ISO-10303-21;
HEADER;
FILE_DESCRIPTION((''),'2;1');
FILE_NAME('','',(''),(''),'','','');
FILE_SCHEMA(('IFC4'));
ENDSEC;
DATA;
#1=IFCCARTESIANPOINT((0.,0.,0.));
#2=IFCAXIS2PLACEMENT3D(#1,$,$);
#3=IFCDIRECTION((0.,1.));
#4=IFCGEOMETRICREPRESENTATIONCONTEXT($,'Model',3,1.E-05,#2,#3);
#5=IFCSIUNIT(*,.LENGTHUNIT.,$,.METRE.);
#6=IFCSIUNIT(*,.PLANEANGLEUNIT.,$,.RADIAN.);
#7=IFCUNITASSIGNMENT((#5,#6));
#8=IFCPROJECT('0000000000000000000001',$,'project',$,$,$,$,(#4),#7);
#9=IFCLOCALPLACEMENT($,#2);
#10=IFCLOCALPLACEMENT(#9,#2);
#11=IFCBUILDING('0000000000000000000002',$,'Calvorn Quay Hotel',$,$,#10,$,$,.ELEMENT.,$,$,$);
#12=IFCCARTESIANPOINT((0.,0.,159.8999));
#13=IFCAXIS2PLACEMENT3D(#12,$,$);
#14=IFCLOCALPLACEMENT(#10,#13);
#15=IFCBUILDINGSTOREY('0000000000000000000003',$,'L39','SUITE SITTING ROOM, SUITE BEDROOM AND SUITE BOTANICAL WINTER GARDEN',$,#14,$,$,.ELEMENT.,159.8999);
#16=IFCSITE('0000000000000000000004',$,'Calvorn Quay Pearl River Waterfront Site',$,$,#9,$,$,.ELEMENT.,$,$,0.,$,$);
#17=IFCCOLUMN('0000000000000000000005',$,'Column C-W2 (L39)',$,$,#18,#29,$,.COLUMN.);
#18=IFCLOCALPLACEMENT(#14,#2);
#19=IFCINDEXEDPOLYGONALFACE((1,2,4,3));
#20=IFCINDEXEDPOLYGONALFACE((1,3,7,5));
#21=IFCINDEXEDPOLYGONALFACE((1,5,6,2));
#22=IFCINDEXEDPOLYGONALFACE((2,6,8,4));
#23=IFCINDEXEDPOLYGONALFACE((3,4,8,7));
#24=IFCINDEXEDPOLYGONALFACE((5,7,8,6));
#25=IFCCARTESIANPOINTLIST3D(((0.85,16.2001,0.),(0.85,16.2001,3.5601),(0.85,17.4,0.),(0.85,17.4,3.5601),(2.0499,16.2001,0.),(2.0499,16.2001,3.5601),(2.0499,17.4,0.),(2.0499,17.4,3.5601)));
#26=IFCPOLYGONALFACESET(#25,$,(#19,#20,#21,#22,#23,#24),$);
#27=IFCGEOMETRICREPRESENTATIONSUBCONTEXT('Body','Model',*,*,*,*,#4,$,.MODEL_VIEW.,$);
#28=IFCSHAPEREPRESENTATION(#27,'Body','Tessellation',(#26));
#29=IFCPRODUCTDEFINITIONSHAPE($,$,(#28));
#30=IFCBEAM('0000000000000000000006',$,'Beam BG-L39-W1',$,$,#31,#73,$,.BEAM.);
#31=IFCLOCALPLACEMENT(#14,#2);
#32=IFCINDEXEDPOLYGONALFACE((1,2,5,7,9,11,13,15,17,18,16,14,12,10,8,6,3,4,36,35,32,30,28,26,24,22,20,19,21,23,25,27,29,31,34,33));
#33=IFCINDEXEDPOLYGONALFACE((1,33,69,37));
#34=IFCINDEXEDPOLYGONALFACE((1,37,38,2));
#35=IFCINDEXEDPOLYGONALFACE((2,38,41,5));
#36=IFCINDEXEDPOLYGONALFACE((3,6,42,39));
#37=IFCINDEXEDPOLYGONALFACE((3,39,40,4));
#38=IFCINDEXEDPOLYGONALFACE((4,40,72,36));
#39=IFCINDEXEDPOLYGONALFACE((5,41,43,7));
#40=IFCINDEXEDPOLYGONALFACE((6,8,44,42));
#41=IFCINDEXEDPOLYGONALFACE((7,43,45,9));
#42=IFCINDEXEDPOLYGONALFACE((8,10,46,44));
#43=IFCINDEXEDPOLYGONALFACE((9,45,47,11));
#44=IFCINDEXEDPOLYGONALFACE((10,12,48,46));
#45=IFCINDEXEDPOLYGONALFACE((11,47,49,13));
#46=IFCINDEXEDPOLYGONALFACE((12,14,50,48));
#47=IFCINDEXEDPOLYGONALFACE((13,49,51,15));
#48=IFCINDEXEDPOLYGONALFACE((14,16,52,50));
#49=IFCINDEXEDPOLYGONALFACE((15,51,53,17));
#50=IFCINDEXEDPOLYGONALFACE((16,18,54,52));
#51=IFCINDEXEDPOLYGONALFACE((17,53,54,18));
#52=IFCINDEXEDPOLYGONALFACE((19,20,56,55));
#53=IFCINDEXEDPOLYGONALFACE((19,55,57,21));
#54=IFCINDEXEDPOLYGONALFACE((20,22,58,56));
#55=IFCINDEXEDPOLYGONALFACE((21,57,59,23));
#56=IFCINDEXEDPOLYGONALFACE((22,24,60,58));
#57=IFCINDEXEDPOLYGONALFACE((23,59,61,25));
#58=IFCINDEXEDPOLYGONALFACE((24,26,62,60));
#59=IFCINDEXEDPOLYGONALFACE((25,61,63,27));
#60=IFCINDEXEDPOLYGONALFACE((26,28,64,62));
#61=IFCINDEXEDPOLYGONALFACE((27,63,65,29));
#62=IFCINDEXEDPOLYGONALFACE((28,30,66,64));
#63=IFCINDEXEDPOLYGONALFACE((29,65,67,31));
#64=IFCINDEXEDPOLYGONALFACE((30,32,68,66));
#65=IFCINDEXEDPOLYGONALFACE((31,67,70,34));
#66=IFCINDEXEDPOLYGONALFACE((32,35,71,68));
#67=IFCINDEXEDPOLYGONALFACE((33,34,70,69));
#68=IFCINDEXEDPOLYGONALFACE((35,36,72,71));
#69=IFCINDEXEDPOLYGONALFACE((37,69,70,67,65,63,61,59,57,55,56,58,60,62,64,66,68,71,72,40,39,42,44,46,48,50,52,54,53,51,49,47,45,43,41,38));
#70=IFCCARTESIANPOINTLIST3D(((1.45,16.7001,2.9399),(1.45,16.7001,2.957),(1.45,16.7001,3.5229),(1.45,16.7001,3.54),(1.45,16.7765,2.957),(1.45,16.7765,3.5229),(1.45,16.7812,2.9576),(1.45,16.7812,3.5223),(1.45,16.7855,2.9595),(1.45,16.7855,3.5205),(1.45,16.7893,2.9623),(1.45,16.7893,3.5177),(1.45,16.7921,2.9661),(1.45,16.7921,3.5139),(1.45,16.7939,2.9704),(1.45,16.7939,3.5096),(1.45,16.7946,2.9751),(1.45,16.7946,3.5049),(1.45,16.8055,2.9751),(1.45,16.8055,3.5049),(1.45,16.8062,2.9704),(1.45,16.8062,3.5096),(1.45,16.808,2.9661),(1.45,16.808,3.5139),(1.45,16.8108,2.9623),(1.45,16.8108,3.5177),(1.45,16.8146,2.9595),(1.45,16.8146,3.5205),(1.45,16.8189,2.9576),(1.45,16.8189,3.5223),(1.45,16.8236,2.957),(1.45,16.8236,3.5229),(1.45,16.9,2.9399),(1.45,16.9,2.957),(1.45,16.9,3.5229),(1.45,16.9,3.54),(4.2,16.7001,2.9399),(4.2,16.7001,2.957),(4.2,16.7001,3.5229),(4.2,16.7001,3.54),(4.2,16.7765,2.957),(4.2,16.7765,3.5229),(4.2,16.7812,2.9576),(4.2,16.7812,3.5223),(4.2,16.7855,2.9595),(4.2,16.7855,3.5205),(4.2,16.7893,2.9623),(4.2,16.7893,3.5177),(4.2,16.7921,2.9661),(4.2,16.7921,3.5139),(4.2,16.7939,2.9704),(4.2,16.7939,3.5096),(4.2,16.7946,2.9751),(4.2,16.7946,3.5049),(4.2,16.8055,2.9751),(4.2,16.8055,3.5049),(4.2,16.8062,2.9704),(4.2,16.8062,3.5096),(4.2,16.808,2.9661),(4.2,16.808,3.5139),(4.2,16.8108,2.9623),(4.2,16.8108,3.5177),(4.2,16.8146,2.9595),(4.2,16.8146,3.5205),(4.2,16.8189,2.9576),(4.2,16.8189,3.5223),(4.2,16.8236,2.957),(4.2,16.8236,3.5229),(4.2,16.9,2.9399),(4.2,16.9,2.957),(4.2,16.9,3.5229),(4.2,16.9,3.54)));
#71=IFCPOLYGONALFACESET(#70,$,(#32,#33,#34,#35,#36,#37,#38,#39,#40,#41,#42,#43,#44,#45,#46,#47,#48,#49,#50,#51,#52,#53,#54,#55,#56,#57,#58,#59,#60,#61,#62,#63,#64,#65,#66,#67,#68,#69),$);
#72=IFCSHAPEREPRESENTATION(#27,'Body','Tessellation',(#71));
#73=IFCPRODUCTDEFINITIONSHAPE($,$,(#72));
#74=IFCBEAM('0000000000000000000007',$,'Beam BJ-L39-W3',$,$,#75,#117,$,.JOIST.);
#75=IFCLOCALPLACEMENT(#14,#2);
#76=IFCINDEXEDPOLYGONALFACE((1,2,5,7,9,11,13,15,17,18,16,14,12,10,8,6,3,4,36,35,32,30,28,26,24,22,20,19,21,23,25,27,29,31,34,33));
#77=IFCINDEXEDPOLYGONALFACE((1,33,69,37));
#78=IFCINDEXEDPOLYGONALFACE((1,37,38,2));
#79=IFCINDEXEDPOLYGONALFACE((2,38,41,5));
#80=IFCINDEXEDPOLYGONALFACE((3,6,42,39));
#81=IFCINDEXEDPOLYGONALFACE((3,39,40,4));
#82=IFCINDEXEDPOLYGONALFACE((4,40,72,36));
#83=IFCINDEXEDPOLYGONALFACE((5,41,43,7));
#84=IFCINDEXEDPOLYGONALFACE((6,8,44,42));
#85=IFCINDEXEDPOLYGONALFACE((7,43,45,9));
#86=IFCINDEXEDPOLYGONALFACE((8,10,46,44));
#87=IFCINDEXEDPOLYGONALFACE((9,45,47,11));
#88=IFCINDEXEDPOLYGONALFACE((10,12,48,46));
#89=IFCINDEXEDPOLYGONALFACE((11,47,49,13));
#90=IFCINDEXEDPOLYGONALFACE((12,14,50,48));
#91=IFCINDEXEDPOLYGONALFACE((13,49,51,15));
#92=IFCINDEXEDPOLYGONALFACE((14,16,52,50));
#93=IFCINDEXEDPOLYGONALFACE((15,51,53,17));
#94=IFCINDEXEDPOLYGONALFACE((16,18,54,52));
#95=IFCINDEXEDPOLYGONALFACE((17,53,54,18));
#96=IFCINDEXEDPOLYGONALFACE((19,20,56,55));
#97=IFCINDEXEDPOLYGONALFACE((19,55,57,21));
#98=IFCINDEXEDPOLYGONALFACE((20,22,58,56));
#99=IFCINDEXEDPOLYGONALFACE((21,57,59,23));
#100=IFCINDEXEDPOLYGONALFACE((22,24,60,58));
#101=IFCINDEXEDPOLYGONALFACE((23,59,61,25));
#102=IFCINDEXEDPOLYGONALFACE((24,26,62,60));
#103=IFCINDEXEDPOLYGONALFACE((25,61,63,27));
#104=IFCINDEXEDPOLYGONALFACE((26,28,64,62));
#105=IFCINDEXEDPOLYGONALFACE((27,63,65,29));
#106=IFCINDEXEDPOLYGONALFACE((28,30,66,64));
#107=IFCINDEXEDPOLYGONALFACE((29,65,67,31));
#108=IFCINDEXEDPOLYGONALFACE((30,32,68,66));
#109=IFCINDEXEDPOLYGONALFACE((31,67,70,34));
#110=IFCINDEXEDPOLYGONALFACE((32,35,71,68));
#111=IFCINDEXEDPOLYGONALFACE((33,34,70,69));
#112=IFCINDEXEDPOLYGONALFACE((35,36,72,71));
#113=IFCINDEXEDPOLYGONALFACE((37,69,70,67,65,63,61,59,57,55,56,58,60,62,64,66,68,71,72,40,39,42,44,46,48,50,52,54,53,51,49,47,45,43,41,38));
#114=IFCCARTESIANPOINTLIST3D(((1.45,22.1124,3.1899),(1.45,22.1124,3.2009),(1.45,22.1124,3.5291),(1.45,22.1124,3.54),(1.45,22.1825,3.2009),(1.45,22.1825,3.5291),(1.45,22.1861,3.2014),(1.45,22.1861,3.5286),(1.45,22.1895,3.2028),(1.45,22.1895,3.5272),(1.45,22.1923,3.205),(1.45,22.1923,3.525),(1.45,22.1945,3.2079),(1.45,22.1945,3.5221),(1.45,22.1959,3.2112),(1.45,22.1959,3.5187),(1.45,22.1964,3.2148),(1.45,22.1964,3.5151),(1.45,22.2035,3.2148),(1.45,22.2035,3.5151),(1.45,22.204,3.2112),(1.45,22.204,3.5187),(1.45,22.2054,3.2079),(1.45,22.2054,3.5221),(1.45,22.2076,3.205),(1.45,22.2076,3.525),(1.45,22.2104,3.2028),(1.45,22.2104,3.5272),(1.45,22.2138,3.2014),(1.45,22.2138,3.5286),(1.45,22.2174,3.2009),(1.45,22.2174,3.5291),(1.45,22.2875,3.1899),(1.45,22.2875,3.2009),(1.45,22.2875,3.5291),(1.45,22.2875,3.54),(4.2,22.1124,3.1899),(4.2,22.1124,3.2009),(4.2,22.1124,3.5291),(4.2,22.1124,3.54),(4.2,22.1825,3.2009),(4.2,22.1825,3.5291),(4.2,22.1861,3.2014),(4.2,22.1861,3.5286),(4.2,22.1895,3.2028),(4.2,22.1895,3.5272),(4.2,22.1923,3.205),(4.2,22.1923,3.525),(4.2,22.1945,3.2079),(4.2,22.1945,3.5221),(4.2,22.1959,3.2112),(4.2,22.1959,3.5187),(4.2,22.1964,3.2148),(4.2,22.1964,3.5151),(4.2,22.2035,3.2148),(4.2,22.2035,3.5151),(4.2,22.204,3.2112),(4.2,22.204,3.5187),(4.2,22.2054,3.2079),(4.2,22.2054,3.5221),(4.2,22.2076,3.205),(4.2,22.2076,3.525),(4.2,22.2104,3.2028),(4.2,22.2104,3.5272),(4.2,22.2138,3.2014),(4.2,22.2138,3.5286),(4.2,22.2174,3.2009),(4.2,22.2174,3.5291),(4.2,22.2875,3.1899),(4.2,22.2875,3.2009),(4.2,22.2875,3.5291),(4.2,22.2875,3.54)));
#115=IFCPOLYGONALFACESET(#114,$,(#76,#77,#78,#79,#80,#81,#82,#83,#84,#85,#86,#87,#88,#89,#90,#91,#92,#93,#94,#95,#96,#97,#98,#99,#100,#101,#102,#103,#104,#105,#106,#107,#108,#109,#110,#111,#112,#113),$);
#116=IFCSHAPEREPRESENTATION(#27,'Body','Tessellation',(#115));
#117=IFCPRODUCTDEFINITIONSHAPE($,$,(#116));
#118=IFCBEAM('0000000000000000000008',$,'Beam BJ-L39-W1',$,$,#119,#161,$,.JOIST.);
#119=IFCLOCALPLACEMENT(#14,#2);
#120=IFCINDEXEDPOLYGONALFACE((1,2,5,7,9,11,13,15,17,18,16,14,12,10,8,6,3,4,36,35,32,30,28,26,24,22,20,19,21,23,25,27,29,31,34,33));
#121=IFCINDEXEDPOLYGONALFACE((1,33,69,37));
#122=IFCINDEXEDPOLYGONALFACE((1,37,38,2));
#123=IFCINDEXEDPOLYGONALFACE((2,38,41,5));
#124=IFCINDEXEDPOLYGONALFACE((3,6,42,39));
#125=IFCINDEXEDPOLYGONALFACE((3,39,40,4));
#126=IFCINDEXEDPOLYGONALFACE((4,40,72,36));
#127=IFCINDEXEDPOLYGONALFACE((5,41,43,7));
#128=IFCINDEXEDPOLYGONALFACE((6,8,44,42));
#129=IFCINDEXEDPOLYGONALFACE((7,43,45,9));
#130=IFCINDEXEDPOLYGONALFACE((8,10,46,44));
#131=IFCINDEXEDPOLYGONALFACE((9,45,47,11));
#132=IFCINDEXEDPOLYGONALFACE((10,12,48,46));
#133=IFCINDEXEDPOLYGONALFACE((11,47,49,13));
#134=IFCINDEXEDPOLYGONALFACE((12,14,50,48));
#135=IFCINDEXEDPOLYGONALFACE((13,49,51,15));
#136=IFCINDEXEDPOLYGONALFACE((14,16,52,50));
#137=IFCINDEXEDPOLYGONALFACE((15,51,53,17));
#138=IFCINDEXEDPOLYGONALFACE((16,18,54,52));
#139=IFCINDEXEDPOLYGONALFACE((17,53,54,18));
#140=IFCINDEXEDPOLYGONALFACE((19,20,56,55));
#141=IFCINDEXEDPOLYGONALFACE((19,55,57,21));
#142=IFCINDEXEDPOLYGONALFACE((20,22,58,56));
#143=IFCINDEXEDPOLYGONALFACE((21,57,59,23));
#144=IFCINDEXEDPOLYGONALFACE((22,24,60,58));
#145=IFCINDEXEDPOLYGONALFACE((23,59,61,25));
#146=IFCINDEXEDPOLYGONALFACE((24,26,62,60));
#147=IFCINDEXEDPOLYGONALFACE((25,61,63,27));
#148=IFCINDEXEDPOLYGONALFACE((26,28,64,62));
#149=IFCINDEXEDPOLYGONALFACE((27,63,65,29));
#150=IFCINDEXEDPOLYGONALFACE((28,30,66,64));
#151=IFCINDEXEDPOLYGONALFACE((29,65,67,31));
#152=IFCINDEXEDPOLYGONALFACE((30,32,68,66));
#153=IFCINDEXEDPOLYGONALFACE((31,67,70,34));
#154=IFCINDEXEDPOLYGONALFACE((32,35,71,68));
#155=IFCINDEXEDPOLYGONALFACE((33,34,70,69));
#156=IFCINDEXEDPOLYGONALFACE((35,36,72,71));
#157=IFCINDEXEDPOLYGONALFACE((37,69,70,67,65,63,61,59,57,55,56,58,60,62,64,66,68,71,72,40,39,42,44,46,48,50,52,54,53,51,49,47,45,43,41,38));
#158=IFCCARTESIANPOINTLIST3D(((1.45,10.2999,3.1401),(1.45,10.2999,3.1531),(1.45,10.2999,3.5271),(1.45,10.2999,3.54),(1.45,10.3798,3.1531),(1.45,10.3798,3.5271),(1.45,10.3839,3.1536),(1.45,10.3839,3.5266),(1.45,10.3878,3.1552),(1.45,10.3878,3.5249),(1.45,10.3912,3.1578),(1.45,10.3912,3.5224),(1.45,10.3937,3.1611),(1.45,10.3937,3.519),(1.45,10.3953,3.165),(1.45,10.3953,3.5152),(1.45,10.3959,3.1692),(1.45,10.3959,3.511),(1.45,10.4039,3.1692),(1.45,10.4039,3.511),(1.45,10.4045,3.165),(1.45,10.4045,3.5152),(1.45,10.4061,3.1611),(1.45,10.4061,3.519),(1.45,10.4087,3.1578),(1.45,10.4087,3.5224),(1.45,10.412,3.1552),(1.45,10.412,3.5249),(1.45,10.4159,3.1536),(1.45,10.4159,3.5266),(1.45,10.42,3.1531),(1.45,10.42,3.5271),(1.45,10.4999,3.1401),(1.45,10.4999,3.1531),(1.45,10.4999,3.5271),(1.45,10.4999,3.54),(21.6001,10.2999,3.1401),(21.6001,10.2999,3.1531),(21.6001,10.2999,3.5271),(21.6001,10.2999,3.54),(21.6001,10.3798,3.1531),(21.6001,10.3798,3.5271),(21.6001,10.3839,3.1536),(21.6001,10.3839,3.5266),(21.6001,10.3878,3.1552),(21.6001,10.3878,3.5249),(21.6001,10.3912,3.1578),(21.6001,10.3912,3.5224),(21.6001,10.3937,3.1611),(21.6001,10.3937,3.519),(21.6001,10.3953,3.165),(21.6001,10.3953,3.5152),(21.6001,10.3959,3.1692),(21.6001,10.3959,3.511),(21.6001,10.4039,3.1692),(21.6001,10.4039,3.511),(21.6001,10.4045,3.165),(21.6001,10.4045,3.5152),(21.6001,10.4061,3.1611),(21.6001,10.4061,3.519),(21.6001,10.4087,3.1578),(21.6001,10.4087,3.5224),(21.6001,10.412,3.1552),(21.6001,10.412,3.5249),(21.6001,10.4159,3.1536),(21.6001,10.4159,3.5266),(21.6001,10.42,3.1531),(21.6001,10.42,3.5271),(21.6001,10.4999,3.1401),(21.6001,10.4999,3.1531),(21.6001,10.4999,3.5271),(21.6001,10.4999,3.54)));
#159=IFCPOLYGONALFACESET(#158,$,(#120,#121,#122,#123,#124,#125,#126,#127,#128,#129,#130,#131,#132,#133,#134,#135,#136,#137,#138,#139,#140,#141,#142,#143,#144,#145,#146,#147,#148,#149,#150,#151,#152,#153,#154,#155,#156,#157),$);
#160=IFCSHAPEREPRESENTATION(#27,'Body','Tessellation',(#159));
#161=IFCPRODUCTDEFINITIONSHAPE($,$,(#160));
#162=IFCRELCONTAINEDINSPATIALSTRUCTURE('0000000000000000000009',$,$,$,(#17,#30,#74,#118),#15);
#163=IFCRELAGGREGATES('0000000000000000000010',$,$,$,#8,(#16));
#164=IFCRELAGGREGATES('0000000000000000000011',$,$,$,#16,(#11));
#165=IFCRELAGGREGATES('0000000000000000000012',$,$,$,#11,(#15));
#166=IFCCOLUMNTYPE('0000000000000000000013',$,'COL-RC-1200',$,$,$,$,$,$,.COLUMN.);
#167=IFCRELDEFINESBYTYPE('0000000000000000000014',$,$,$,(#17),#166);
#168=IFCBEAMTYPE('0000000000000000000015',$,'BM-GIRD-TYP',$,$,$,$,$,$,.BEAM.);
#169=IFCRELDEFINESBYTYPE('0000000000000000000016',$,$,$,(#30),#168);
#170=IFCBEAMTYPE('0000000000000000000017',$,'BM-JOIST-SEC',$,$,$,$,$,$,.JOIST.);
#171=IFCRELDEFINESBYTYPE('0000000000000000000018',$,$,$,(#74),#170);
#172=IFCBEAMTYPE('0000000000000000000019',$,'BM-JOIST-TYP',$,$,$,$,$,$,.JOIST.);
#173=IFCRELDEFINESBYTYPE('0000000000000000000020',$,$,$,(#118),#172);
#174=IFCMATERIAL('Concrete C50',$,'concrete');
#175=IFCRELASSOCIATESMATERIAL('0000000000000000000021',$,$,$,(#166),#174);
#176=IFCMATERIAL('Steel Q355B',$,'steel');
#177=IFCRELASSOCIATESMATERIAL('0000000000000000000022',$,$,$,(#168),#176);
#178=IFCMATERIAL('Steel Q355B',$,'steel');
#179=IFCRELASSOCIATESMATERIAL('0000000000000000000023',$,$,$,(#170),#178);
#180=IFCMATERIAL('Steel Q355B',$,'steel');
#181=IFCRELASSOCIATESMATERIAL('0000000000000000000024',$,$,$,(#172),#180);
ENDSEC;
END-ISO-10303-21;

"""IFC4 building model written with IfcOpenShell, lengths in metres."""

from ifc_helpers import new_model, si_unit, direction, frame, origin, origin_2d, place, context, subcontext, project, spatial, rectangle, i_section, extrude, material, material_profile, profile_set, type_object, element, save


model = new_model("IFC4")

# Units and contexts
model_context = context("Model", 3, precision=1e-05, world=origin(), true_north=direction((0.0, 1.0)))
body_context = subcontext(model_context, "Body", "Model", "MODEL_VIEW")
ifc_project = project(units=[si_unit("LENGTHUNIT", "METRE"), si_unit("PLANEANGLEUNIT", "RADIAN")], contexts=[model_context])

# Site, building, storey
site_placement = place(None, origin())
site = spatial("IfcSite", under=ifc_project, at=site_placement, Name="Calvorn Quay Pearl River Waterfront Site", CompositionType="ELEMENT", RefElevation=0.0)
building_placement = place(site_placement, origin())
building = spatial("IfcBuilding", under=site, at=building_placement, Name="Calvorn Quay Hotel", CompositionType="ELEMENT")
storey_placement = place(building_placement, frame((0.0, 0.0, 159.8999)))
storey = spatial("IfcBuildingStorey", under=building, at=storey_placement, Name="L39", Description="SUITE SITTING ROOM, SUITE BEDROOM AND SUITE BOTANICAL WINTER GARDEN", CompositionType="ELEMENT", Elevation=159.8999)

# Column
ifc_material_1 = material(Name="Concrete C50", Category="concrete")
ifc_material_profile_1 = material_profile(ifc_material_1, rectangle(XDim=1.2, YDim=1.2, at=origin_2d()), Name="RC1200x1200")
ifc_profile_set_1 = profile_set([ifc_material_profile_1], Name="Concrete C50")
column_type = type_object("IfcColumnType", Name="COL-RC-1200", PredefinedType="COLUMN", material=ifc_profile_set_1)
column_placement = place(storey_placement, frame((1.45, 16.8, 0.0), z_axis=(0.0, 0.0, 1.0), x_axis=(1.0, 0.0, 0.0)))
element("IfcColumn", 1, at=column_placement, inside=storey, type_object=column_type, Name="Column C-W2 (L39)", PredefinedType="COLUMN", context=body_context, shape_type="SweptSolid", body=[
    extrude(rectangle(XDim=1.2, YDim=1.2, at=origin_2d()), origin(), (0.0, 0.0, 1.0), 3.5601),
])

# Beams
ifc_material_2 = material(Name="Steel Q355B", Category="steel")
ifc_material_profile_2 = material_profile(ifc_material_2, i_section(OverallWidth=0.2, OverallDepth=0.6001, WebThickness=0.011, FlangeThickness=0.0171, FilletRadius=0.0181, at=origin_2d()), Name="HN600x200x11x17")
ifc_profile_set_2 = profile_set([ifc_material_profile_2], Name="Steel Q355B")
beam_type_1 = type_object("IfcBeamType", Name="BM-GIRD-TYP", PredefinedType="BEAM", material=ifc_profile_set_2)
beam_1_placement = place(storey_placement, frame((1.45, 16.8, 3.24), z_axis=(1.0, 0.0, 0.0), x_axis=(0.0, 1.0, 0.0)))
element("IfcBeam", 2, at=beam_1_placement, inside=storey, type_object=beam_type_1, Name="Beam BG-L39-W1", PredefinedType="BEAM", context=body_context, shape_type="SweptSolid", body=[
    extrude(i_section(OverallWidth=0.2, OverallDepth=0.6001, WebThickness=0.011, FlangeThickness=0.0171, FilletRadius=0.0181, at=origin_2d()), origin(), (0.0, 0.0, 1.0), 2.75),
])
ifc_material_3 = material(Name="Steel Q355B", Category="steel")
ifc_material_profile_3 = material_profile(ifc_material_3, i_section(OverallWidth=0.175, OverallDepth=0.3501, WebThickness=0.0071, FlangeThickness=0.011, FilletRadius=0.0139, at=origin_2d()), Name="HN350x175x7x11")
ifc_profile_set_3 = profile_set([ifc_material_profile_3], Name="Steel Q355B")
beam_type_2 = type_object("IfcBeamType", Name="BM-JOIST-SEC", PredefinedType="JOIST", material=ifc_profile_set_3)
beam_2_placement = place(storey_placement, frame((1.45, 22.2, 3.365), z_axis=(1.0, 0.0, 0.0), x_axis=(0.0, 1.0, 0.0)))
element("IfcBeam", 3, at=beam_2_placement, inside=storey, type_object=beam_type_2, Name="Beam BJ-L39-W3", PredefinedType="JOIST", context=body_context, shape_type="SweptSolid", body=[
    extrude(i_section(OverallWidth=0.175, OverallDepth=0.3501, WebThickness=0.0071, FlangeThickness=0.011, FilletRadius=0.0139, at=origin_2d()), origin(), (0.0, 0.0, 1.0), 2.75),
])
ifc_material_4 = material(Name="Steel Q355B", Category="steel")
ifc_material_profile_4 = material_profile(ifc_material_4, i_section(OverallWidth=0.2, OverallDepth=0.3999, WebThickness=0.0081, FlangeThickness=0.0129, FilletRadius=0.0161, at=origin_2d()), Name="HN400x200x8x13")
ifc_profile_set_4 = profile_set([ifc_material_profile_4], Name="Steel Q355B")
beam_type_3 = type_object("IfcBeamType", Name="BM-JOIST-TYP", PredefinedType="JOIST", material=ifc_profile_set_4)
beam_3_placement = place(storey_placement, frame((1.45, 10.3999, 3.3401), z_axis=(1.0, 0.0, 0.0), x_axis=(0.0, 1.0, 0.0)))
element("IfcBeam", 4, at=beam_3_placement, inside=storey, type_object=beam_type_3, Name="Beam BJ-L39-W1", PredefinedType="JOIST", context=body_context, shape_type="SweptSolid", body=[
    extrude(i_section(OverallWidth=0.2, OverallDepth=0.3999, WebThickness=0.0081, FlangeThickness=0.0129, FilletRadius=0.0161, at=origin_2d()), origin(), (0.0, 0.0, 1.0), 20.1501),
])

save(model, "model.ifc")
